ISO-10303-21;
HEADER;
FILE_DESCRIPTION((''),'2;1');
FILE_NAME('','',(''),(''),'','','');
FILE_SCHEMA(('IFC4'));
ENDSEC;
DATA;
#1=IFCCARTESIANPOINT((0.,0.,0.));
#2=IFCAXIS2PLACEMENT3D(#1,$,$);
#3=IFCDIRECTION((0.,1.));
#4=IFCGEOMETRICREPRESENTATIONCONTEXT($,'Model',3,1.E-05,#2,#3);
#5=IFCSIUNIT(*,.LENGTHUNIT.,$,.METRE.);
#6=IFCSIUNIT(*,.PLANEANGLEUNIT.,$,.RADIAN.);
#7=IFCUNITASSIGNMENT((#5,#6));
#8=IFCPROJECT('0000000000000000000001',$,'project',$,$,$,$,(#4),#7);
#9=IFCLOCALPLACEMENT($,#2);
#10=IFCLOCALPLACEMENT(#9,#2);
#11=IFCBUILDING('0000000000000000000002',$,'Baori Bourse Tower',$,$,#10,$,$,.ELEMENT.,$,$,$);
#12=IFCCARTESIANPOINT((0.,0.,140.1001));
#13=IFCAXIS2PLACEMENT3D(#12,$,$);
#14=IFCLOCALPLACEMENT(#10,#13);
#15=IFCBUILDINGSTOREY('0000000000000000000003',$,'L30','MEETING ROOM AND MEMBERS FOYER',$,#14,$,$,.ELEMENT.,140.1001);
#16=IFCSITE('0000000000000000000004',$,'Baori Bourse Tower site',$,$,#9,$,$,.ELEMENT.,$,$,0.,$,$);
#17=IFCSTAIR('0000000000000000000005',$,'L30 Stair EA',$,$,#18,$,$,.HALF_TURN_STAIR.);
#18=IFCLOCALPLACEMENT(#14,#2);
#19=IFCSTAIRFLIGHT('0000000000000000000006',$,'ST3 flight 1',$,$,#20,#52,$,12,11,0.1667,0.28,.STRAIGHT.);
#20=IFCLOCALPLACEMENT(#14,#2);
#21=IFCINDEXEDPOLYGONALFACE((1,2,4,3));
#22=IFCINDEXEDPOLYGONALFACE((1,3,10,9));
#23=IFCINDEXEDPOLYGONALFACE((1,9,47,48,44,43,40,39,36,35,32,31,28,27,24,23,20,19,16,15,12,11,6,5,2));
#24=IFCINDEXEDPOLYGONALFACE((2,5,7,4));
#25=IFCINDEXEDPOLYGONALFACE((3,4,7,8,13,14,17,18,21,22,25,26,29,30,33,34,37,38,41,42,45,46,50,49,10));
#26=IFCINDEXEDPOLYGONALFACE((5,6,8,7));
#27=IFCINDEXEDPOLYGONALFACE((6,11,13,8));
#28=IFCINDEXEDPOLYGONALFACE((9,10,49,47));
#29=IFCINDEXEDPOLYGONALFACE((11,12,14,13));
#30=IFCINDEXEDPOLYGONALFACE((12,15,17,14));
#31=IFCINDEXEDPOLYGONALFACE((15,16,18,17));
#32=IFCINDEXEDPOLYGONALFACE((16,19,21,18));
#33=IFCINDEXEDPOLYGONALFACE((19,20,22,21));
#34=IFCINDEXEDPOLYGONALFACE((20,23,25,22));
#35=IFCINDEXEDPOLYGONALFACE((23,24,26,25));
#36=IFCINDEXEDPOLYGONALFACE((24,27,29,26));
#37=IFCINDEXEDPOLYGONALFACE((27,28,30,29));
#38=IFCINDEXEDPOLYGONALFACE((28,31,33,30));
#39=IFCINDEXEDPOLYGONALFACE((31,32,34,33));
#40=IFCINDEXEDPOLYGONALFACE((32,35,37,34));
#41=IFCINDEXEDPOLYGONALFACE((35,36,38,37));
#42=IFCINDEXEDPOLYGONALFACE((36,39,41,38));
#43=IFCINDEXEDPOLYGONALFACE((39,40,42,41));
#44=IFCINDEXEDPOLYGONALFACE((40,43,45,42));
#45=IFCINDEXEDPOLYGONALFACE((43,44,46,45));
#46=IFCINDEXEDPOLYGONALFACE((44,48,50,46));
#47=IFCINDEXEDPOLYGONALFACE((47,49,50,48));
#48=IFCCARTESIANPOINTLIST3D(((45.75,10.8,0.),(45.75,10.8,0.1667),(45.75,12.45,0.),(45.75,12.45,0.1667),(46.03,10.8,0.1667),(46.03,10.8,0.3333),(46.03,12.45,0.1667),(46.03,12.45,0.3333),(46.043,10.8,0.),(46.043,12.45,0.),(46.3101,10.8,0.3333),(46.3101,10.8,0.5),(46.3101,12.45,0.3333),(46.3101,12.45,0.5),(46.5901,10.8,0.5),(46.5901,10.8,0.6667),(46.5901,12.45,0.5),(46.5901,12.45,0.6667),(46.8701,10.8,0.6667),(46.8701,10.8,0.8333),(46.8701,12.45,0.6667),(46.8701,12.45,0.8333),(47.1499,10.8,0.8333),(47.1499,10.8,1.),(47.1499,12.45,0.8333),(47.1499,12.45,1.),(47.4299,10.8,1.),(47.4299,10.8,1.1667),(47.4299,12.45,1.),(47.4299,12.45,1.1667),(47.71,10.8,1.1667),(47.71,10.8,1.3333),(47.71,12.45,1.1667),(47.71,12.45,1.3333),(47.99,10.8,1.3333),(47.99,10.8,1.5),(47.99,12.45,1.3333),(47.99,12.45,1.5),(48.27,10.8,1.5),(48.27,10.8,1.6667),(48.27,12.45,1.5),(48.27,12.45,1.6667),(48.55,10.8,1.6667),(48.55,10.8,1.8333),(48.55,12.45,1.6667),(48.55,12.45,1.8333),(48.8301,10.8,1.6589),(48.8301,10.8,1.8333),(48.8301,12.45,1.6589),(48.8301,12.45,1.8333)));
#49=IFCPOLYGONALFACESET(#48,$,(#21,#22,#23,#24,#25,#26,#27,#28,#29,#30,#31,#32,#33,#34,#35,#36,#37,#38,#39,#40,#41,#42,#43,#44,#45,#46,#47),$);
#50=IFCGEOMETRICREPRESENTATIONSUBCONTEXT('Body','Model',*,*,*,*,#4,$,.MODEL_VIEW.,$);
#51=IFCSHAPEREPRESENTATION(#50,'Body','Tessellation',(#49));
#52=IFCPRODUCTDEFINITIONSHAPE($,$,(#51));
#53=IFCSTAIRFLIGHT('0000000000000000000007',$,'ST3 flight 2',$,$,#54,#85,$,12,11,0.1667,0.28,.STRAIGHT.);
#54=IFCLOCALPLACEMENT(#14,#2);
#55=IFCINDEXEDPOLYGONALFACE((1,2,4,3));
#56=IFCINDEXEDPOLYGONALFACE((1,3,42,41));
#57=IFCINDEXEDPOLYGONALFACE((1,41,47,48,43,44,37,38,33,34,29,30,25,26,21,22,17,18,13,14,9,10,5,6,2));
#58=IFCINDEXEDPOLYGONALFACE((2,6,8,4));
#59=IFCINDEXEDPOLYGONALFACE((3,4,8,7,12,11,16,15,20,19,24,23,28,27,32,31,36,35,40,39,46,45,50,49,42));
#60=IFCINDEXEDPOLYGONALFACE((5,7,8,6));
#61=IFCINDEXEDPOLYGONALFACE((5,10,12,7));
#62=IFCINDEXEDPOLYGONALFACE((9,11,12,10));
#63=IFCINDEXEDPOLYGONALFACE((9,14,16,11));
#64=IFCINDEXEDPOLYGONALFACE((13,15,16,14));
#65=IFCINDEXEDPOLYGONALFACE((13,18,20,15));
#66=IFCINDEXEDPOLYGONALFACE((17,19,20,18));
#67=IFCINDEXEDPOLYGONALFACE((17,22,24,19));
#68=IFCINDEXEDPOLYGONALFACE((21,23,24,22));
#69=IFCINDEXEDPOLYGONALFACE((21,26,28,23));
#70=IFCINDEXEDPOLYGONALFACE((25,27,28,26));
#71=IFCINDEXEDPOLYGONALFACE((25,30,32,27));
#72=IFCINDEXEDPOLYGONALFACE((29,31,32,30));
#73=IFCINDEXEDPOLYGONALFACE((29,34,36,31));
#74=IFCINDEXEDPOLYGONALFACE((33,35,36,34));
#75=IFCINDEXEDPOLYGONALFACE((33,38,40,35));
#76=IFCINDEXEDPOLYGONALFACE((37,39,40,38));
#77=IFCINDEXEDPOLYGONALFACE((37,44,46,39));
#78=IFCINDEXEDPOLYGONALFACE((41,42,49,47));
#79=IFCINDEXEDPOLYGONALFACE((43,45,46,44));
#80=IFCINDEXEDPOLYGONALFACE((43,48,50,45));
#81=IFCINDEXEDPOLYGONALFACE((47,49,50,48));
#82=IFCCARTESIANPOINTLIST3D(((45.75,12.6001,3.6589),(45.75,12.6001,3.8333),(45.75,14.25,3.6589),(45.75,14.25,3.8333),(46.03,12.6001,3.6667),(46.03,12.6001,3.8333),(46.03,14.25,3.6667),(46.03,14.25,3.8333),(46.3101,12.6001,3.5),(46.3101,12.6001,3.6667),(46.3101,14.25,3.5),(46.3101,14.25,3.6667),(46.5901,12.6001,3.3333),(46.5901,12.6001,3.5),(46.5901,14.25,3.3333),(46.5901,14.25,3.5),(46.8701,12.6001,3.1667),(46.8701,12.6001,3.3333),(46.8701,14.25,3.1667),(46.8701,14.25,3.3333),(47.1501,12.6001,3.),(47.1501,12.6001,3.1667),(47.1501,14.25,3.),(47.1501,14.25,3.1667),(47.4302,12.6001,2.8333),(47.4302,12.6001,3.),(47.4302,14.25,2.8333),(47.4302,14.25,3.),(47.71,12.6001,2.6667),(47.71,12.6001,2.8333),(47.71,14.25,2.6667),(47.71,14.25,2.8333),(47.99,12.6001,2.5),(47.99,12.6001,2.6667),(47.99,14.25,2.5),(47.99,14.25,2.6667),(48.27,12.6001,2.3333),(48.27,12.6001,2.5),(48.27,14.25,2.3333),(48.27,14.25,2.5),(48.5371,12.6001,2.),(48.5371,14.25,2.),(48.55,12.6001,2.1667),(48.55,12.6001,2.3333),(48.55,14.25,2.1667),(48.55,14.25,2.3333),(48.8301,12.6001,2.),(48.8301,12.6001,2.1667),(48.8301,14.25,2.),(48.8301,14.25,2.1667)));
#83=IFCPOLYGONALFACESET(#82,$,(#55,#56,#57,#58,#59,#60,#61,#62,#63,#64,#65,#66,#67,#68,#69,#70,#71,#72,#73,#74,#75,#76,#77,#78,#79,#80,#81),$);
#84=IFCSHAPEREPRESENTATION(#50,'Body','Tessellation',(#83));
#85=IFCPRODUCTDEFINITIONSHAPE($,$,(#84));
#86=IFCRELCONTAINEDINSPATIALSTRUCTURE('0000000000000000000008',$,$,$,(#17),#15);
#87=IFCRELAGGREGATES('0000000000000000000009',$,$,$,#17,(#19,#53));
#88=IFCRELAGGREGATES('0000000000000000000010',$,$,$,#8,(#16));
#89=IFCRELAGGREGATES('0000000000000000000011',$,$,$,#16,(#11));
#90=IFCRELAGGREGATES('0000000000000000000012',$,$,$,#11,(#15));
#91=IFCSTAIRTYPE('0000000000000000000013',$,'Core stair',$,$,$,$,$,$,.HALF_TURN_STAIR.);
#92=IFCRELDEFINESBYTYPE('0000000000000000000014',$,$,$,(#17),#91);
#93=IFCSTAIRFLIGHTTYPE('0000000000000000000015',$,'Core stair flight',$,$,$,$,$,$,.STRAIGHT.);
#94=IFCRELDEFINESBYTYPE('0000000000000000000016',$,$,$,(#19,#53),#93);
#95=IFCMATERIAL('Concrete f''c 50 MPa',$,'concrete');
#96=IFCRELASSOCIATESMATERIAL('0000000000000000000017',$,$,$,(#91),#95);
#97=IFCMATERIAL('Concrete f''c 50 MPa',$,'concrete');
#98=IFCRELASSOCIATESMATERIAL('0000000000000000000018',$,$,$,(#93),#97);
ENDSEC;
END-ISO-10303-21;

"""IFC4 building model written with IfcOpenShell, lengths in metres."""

from ifc_helpers import new_model, si_unit, direction, frame, origin, place, context, subcontext, project, spatial, polyline, outline, extrude, material, type_object, element, aggregate, save


model = new_model("IFC4")

# Units and contexts
model_context = context("Model", 3, precision=1e-05, world=origin(), true_north=direction((0.0, 1.0)))
body_context = subcontext(model_context, "Body", "Model", "MODEL_VIEW")
ifc_project = project(units=[si_unit("LENGTHUNIT", "METRE"), si_unit("PLANEANGLEUNIT", "RADIAN")], contexts=[model_context])

# Site, building, storey
site_placement = place(None, origin())
site = spatial("IfcSite", under=ifc_project, at=site_placement, Name="Baori Bourse Tower site", CompositionType="ELEMENT", RefElevation=0.0)
building_placement = place(site_placement, origin())
building = spatial("IfcBuilding", under=site, at=building_placement, Name="Baori Bourse Tower", CompositionType="ELEMENT")
storey_placement = place(building_placement, frame((0.0, 0.0, 140.1001)))
storey = spatial("IfcBuildingStorey", under=building, at=storey_placement, Name="L30", Description="MEETING ROOM AND MEMBERS FOYER", CompositionType="ELEMENT", Elevation=140.1001)

# Stair, stair flights
ifc_material_1 = material(Name="Concrete f'c 50 MPa", Category="concrete")
stair_type = type_object("IfcStairType", Name="Core stair", PredefinedType="HALF_TURN_STAIR", material=ifc_material_1)
stair_placement = place(storey_placement, origin())
stair = element("IfcStair", 1, at=stair_placement, inside=storey, type_object=stair_type, Name="L30 Stair EA", PredefinedType="HALF_TURN_STAIR")
ifc_material_2 = material(Name="Concrete f'c 50 MPa", Category="concrete")
stair_flight_type = type_object("IfcStairFlightType", Name="Core stair flight", PredefinedType="STRAIGHT", material=ifc_material_2)
stair_flight_1_placement = place(storey_placement, frame((45.75, 11.625, 0.0), z_axis=(0.0, 0.0, 1.0), x_axis=(1.0, 0.0, 0.0)))
stair_flight_1 = element("IfcStairFlight", 2, at=stair_flight_1_placement, type_object=stair_flight_type, Name="ST3 flight 1", NumberOfRisers=12, NumberOfTreads=11, PredefinedType="STRAIGHT", RiserHeight=0.1667, TreadLength=0.28, context=body_context, shape_type="SweptSolid", body=[
    extrude(outline(polyline([(0.0, 0.0), (0.0, 0.1667), (0.28, 0.1667), (0.28, 0.3333), (0.5601, 0.3333), (0.5601, 0.5), (0.8401, 0.5), (0.8401, 0.6667), (1.1201, 0.6667), (1.1201, 0.8333), (1.3999, 0.8333), (1.3999, 1.0), (1.6799, 1.0), (1.6799, 1.1667), (1.96, 1.1667), (1.96, 1.3333), (2.24, 1.3333), (2.24, 1.5), (2.52, 1.5), (2.52, 1.6667), (2.8, 1.6667), (2.8, 1.8333), (3.0801, 1.8333), (3.0801, 2.0), (3.0801, 1.6589), (0.293, 0.0), (0.0, 0.0)])), frame((0.0, 0.825, 0.0), z_axis=(0.0, -1.0, 0.0), x_axis=(1.0, 0.0, 0.0)), (0.0, 0.0, 1.0), 1.6499),
])
stair_flight_2_placement = place(storey_placement, frame((48.8301, 13.425, 2.0), z_axis=(0.0, 0.0, 1.0), x_axis=(-1.0, 0.0, 0.0)))
stair_flight_2 = element("IfcStairFlight", 3, at=stair_flight_2_placement, type_object=stair_flight_type, Name="ST3 flight 2", NumberOfRisers=12, NumberOfTreads=11, PredefinedType="STRAIGHT", RiserHeight=0.1667, TreadLength=0.28, context=body_context, shape_type="SweptSolid", body=[
    extrude(outline(polyline([(0.0, 0.0), (0.0, 0.1667), (0.28, 0.1667), (0.28, 0.3333), (0.5601, 0.3333), (0.5601, 0.5), (0.8401, 0.5), (0.8401, 0.6667), (1.1201, 0.6667), (1.1201, 0.8333), (1.3999, 0.8333), (1.3999, 1.0), (1.6799, 1.0), (1.6799, 1.1667), (1.96, 1.1667), (1.96, 1.3333), (2.24, 1.3333), (2.24, 1.5), (2.52, 1.5), (2.52, 1.6667), (2.8, 1.6667), (2.8, 1.8333), (3.0801, 1.8333), (3.0801, 2.0), (3.0801, 1.6589), (0.293, 0.0), (0.0, 0.0)])), frame((0.0, 0.825, 0.0), z_axis=(0.0, -1.0, 0.0), x_axis=(1.0, 0.0, 0.0)), (0.0, 0.0, 1.0), 1.6499),
])
aggregate(stair, [stair_flight_1, stair_flight_2])

save(model, "model.ifc")
